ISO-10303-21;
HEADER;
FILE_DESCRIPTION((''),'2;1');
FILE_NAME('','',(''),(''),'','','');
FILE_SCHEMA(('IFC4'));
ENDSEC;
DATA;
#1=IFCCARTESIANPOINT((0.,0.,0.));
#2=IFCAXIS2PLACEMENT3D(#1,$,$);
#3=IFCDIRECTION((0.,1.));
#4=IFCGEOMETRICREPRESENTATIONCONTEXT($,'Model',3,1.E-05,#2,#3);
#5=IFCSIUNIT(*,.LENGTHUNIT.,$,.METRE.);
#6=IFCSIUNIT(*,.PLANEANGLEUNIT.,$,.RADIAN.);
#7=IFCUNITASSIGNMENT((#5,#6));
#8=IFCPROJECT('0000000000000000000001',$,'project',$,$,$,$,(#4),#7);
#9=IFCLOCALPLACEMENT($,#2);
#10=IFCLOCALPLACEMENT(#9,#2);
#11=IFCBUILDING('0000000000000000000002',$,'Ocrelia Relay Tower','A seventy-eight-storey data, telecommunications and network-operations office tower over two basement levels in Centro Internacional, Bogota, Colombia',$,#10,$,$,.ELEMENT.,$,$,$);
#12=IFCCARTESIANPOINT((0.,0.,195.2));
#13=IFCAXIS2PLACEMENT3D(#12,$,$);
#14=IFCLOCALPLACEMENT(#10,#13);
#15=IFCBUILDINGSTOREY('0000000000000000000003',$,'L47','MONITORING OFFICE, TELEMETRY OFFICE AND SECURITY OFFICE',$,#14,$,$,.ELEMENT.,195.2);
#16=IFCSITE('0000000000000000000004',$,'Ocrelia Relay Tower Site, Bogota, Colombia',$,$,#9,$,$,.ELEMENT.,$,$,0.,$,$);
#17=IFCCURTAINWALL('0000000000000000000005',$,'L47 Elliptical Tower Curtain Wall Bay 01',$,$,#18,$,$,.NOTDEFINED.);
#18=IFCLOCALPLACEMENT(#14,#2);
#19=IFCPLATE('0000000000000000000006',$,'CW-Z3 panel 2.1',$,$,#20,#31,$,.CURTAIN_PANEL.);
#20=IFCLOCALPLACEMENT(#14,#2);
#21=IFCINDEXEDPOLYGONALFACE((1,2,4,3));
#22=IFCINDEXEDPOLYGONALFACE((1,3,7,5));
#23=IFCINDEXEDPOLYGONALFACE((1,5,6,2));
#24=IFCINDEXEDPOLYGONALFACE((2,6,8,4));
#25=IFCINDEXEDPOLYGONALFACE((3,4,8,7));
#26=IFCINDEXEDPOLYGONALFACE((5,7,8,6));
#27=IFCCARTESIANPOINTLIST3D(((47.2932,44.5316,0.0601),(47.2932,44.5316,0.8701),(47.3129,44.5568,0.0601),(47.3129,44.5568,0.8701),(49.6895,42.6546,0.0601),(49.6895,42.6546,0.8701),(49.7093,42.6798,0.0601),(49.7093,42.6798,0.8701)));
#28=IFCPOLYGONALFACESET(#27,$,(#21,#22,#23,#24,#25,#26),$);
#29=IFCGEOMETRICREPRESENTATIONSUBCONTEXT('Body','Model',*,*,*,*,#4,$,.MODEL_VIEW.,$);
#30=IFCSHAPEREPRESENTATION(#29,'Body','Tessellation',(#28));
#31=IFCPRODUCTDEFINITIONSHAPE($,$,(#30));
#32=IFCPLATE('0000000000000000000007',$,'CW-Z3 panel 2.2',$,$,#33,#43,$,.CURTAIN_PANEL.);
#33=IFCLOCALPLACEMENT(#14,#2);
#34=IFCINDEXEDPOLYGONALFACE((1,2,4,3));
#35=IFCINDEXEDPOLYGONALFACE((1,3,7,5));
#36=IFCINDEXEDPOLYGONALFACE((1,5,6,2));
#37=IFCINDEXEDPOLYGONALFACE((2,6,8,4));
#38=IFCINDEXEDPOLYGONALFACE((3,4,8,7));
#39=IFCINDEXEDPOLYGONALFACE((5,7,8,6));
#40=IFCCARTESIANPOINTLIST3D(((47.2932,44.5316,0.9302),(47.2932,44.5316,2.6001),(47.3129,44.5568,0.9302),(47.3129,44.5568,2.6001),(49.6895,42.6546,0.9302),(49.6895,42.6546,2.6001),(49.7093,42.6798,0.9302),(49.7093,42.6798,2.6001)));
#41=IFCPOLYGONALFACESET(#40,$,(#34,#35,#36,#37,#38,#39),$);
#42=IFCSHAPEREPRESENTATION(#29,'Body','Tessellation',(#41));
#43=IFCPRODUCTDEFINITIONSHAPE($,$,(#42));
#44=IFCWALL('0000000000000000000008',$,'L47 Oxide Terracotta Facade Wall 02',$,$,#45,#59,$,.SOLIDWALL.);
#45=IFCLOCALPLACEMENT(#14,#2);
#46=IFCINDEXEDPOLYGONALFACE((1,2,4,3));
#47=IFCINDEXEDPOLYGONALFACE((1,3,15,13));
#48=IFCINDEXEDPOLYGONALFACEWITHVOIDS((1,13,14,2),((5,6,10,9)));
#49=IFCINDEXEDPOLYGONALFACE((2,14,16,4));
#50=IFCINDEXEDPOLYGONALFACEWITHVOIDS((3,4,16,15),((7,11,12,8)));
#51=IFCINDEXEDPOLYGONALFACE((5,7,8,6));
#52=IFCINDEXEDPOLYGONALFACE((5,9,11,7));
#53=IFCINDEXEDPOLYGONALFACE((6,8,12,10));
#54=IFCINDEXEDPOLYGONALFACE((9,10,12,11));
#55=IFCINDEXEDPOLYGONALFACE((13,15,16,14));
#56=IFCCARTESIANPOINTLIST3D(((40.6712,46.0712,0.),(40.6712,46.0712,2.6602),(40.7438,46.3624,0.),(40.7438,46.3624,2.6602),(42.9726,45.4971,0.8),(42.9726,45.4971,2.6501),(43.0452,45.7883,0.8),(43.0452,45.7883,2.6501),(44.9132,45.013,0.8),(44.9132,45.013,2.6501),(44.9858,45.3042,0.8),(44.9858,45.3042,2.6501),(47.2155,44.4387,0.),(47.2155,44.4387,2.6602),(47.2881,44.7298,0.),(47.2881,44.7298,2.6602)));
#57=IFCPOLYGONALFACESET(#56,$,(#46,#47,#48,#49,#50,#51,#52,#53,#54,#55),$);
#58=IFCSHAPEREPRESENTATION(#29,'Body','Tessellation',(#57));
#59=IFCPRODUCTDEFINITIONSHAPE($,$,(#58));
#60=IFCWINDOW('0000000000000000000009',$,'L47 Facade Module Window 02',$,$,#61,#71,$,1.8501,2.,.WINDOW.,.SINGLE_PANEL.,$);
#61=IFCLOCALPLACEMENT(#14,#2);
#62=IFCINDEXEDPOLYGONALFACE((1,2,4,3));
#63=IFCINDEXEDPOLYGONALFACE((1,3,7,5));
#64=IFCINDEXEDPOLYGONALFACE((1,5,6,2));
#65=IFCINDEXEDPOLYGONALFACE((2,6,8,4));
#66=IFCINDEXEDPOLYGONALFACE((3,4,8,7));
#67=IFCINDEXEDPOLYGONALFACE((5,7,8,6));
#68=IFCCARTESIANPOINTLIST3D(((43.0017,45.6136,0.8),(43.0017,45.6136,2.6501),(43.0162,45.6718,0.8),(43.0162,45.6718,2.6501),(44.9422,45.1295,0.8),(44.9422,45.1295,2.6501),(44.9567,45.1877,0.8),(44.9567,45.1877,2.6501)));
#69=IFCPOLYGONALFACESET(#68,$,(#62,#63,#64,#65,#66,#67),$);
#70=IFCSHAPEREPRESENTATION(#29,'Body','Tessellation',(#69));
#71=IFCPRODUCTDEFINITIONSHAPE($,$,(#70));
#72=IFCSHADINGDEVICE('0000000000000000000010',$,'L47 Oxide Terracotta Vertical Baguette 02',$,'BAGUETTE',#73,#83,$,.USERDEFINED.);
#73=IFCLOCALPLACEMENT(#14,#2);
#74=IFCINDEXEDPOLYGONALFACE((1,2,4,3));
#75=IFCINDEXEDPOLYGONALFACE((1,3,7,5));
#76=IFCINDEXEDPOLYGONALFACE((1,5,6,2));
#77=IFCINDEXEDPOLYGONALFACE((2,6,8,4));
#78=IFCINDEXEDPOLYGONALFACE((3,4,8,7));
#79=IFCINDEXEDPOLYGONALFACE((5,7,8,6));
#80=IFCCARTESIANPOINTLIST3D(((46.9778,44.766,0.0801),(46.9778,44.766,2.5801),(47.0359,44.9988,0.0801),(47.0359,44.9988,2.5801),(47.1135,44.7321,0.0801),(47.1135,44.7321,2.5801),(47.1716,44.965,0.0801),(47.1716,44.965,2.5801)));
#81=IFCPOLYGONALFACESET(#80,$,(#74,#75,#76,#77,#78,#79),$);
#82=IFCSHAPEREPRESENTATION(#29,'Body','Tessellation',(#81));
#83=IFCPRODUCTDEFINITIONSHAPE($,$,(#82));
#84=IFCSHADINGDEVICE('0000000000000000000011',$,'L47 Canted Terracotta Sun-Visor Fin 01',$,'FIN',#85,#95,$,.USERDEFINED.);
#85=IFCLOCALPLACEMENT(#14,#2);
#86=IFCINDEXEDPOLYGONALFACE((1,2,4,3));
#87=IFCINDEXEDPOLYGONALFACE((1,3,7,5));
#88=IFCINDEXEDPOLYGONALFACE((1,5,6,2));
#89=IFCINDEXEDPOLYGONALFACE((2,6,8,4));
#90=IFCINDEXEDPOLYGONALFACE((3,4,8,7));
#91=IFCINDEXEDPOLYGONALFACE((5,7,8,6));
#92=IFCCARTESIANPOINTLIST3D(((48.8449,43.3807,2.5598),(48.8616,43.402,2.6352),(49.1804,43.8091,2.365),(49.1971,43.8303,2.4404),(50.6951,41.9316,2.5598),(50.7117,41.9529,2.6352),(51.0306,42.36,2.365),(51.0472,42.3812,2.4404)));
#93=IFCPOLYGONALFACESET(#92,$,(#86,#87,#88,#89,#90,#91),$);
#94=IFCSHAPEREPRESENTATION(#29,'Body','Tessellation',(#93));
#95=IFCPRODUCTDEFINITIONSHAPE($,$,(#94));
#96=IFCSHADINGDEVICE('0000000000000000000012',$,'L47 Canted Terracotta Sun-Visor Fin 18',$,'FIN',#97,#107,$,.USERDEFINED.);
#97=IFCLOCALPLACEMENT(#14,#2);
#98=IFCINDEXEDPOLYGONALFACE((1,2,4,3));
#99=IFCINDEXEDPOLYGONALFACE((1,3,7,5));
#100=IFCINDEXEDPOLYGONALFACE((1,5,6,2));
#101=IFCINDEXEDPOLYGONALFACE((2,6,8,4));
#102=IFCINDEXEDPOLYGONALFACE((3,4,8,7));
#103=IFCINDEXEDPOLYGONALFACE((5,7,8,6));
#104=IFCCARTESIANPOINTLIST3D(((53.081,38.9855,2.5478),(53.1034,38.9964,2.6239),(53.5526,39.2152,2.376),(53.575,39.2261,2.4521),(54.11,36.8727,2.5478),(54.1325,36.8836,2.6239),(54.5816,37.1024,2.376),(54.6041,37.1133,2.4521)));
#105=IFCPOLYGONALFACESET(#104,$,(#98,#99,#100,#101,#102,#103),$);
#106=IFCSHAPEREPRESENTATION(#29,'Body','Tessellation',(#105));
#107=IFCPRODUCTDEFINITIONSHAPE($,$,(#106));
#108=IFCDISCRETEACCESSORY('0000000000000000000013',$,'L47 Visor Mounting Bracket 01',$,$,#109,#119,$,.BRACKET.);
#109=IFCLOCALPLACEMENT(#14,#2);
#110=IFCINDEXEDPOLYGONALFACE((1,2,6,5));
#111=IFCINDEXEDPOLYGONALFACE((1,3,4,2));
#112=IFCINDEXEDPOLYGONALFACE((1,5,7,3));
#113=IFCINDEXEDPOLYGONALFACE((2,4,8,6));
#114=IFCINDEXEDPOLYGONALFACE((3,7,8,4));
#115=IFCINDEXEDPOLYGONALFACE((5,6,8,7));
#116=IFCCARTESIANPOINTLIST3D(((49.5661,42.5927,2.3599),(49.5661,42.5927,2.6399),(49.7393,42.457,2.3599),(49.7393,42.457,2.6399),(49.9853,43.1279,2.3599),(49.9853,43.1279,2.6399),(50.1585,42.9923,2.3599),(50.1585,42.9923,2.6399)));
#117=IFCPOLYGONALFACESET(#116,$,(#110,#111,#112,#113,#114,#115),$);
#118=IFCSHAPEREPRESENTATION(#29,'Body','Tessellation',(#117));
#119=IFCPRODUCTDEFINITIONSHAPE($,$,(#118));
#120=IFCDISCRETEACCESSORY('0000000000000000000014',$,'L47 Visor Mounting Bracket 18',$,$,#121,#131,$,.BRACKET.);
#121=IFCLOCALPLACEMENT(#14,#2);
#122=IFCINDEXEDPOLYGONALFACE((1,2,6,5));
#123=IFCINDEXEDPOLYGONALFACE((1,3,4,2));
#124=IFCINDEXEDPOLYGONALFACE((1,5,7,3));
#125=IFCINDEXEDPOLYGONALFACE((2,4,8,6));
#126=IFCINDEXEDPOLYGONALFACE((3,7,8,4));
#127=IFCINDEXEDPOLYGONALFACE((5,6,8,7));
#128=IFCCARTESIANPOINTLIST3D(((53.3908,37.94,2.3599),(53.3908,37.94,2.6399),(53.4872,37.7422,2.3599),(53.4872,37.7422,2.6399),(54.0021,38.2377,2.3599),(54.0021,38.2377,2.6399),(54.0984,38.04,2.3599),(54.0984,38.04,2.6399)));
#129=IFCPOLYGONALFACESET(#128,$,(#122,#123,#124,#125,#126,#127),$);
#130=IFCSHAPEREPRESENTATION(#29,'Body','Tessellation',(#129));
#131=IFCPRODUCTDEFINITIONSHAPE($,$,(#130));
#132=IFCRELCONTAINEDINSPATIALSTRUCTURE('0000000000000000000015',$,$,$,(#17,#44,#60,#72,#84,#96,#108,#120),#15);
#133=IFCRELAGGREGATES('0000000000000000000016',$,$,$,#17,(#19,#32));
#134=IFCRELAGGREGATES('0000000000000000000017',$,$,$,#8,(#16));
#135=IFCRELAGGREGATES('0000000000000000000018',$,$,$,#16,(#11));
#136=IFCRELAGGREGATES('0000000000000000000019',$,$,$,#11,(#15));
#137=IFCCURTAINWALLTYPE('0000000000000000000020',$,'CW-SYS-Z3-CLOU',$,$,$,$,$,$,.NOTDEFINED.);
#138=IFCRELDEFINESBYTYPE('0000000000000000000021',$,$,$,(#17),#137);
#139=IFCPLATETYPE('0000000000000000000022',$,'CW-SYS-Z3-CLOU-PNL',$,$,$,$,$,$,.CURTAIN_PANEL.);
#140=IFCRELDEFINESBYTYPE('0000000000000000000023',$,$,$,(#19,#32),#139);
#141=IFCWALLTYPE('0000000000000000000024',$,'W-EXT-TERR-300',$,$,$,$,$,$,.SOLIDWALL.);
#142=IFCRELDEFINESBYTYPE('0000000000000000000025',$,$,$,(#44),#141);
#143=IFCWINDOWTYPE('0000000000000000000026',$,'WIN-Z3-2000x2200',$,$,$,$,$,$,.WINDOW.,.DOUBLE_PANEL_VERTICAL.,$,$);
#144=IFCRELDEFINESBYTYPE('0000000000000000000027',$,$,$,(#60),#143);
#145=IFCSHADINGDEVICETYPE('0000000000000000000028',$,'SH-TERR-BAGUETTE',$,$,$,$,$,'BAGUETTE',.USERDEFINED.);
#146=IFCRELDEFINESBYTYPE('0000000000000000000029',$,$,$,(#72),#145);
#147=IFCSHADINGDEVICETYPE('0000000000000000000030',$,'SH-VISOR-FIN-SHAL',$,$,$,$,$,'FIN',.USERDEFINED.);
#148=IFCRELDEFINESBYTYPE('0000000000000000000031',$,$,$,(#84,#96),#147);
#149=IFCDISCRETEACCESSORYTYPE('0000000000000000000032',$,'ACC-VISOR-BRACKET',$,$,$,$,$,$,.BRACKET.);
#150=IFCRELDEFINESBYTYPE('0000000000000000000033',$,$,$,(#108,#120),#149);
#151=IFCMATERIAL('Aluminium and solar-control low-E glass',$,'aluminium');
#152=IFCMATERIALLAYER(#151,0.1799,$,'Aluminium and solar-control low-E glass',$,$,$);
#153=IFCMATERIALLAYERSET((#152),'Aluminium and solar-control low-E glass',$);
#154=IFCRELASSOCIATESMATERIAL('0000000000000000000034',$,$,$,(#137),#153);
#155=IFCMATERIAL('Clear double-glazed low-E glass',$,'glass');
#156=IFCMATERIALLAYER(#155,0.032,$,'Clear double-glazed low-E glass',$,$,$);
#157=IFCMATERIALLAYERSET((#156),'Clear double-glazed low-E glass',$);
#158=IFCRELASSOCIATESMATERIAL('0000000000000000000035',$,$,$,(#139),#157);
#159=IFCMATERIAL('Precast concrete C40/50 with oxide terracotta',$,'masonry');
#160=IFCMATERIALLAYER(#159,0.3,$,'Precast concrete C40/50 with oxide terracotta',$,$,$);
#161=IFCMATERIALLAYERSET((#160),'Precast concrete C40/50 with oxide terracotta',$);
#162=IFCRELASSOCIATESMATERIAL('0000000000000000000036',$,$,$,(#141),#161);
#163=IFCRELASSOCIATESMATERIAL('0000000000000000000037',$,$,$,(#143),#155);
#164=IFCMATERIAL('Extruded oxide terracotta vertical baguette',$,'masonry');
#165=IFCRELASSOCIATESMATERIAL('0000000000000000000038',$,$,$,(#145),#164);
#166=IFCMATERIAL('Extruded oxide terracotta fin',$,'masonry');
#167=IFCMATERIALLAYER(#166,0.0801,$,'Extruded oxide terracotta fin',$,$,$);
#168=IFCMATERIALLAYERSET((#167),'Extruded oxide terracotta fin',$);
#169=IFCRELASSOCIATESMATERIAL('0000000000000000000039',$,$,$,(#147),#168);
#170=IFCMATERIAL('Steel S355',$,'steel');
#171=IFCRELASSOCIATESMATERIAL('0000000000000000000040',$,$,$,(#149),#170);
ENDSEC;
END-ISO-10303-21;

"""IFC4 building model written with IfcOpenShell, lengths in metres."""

from ifc_helpers import new_model, si_unit, direction, frame, frame_2d, origin, origin_2d, place, context, subcontext, project, spatial, rectangle, extrude, material, layer, layer_set, type_object, element, fill, aggregate, save


model = new_model("IFC4")

# Units and contexts
model_context = context("Model", 3, precision=1e-05, world=origin(), true_north=direction((0.0, 1.0)))
body_context = subcontext(model_context, "Body", "Model", "MODEL_VIEW")
ifc_project = project(units=[si_unit("LENGTHUNIT", "METRE"), si_unit("PLANEANGLEUNIT", "RADIAN")], contexts=[model_context])

# Site, building, storey
site_placement = place(None, origin())
site = spatial("IfcSite", under=ifc_project, at=site_placement, Name="Ocrelia Relay Tower Site, Bogota, Colombia", CompositionType="ELEMENT", RefElevation=0.0)
building_placement = place(site_placement, origin())
building = spatial("IfcBuilding", under=site, at=building_placement, Name="Ocrelia Relay Tower", Description="A seventy-eight-storey data, telecommunications and network-operations office tower over two basement levels in Centro Internacional, Bogota, Colombia", CompositionType="ELEMENT")
storey_placement = place(building_placement, frame((0.0, 0.0, 195.2)))
storey = spatial("IfcBuildingStorey", under=building, at=storey_placement, Name="L47", Description="MONITORING OFFICE, TELEMETRY OFFICE AND SECURITY OFFICE", CompositionType="ELEMENT", Elevation=195.2)

# Curtain wall, plates
ifc_material_1 = material(Name="Aluminium and solar-control low-E glass", Category="aluminium")
ifc_layer_1 = layer(ifc_material_1, 0.1799, Name="Aluminium and solar-control low-E glass")
ifc_layer_set_1 = layer_set([ifc_layer_1], Name="Aluminium and solar-control low-E glass")
curtain_wall_type = type_object("IfcCurtainWallType", Name="CW-SYS-Z3-CLOU", PredefinedType="NOTDEFINED", material=ifc_layer_set_1)
curtain_wall_placement = place(storey_placement, origin())
curtain_wall = element("IfcCurtainWall", 1, at=curtain_wall_placement, inside=storey, type_object=curtain_wall_type, Name="L47 Elliptical Tower Curtain Wall Bay 01", PredefinedType="NOTDEFINED")
ifc_material_2 = material(Name="Clear double-glazed low-E glass", Category="glass")
ifc_layer_2 = layer(ifc_material_2, 0.032, Name="Clear double-glazed low-E glass")
ifc_layer_set_2 = layer_set([ifc_layer_2], Name="Clear double-glazed low-E glass")
plate_type = type_object("IfcPlateType", Name="CW-SYS-Z3-CLOU-PNL", PredefinedType="CURTAIN_PANEL", material=ifc_layer_set_2)
plate_1_placement = place(storey_placement, frame((48.5012, 43.6057, 0.0601), z_axis=(0.0, 0.0, 1.0), x_axis=(-0.787261, 0.61662, 0.0)))
plate_1 = element("IfcPlate", 2, at=plate_1_placement, type_object=plate_type, Name="CW-Z3 panel 2.1", PredefinedType="CURTAIN_PANEL", context=body_context, shape_type="SweptSolid", body=[
    extrude(rectangle(XDim=3.0439, YDim=0.032, at=origin_2d()), origin(), (0.0, 0.0, 1.0), 0.8101),
])
plate_2_placement = place(storey_placement, frame((48.5012, 43.6057, 0.9302), z_axis=(0.0, 0.0, 1.0), x_axis=(-0.787261, 0.61662, 0.0)))
plate_2 = element("IfcPlate", 3, at=plate_2_placement, type_object=plate_type, Name="CW-Z3 panel 2.2", PredefinedType="CURTAIN_PANEL", context=body_context, shape_type="SweptSolid", body=[
    extrude(rectangle(XDim=3.0439, YDim=0.032, at=origin_2d()), origin(), (0.0, 0.0, 1.0), 1.6699),
])
aggregate(curtain_wall, [plate_1, plate_2])

# Wall, opening, window
ifc_material_3 = material(Name="Precast concrete C40/50 with oxide terracotta", Category="masonry")
ifc_layer_3 = layer(ifc_material_3, 0.3, Name="Precast concrete C40/50 with oxide terracotta")
ifc_layer_set_3 = layer_set([ifc_layer_3], Name="Precast concrete C40/50 with oxide terracotta")
wall_type = type_object("IfcWallType", Name="W-EXT-TERR-300", PredefinedType="SOLIDWALL", material=ifc_layer_set_3)
wall_placement = place(storey_placement, frame((47.252, 44.5842, 0.0), z_axis=(0.0, 0.0, 1.0), x_axis=(-0.970266, 0.242042, 0.0)))
wall = element("IfcWall", 4, at=wall_placement, inside=storey, type_object=wall_type, Name="L47 Oxide Terracotta Facade Wall 02", PredefinedType="SOLIDWALL", context=body_context, shape_type="SweptSolid", body=[
    extrude(rectangle(XDim=6.7449, YDim=0.3, at=frame_2d((3.3726, 0.0))), origin(), (0.0, 0.0, 1.0), 2.6602),
])
opening_placement = place(wall_placement, frame((2.373, 0.0, 0.8)))
opening = element("IfcOpeningElement", 5, at=opening_placement, cuts=wall, PredefinedType="OPENING", context=body_context, shape_type="SweptSolid", body=[
    extrude(rectangle(XDim=2.0, YDim=1.8501, at=frame_2d((1.0, 0.925))), frame((0.0, 0.1602, 0.0), z_axis=(0.0, -1.0, 0.0), x_axis=(1.0, 0.0, 0.0)), (0.0, 0.0, 1.0), 0.3201),
])
window_type = type_object("IfcWindowType", Name="WIN-Z3-2000x2200", PartitioningType="DOUBLE_PANEL_VERTICAL", PredefinedType="WINDOW", material=ifc_material_2)
window_placement = place(opening_placement, origin())
window = element("IfcWindow", 6, at=window_placement, inside=storey, type_object=window_type, Name="L47 Facade Module Window 02", OverallHeight=1.8501, OverallWidth=2.0, PartitioningType="SINGLE_PANEL", PredefinedType="WINDOW", context=body_context, shape_type="SweptSolid", body=[
    extrude(rectangle(XDim=2.0, YDim=1.8501, at=frame_2d((1.0, 0.925))), frame((0.0, 0.03, 0.0), z_axis=(0.0, -1.0, 0.0), x_axis=(1.0, 0.0, 0.0)), (0.0, 0.0, 1.0), 0.0601),
])
fill(opening, window)

# Shading devices
ifc_material_4 = material(Name="Extruded oxide terracotta vertical baguette", Category="masonry")
shading_device_type_1 = type_object("IfcShadingDeviceType", Name="SH-TERR-BAGUETTE", ElementType="BAGUETTE", PredefinedType="USERDEFINED", material=ifc_material_4)
shading_device_1_placement = place(storey_placement, frame((47.0747, 44.8655, 0.0801), z_axis=(0.0, 0.0, 1.0), x_axis=(-0.970269, 0.24203, 0.0)))
element("IfcShadingDevice", 7, at=shading_device_1_placement, inside=storey, type_object=shading_device_type_1, Name="L47 Oxide Terracotta Vertical Baguette 02", ObjectType="BAGUETTE", PredefinedType="USERDEFINED", context=body_context, shape_type="SweptSolid", body=[
    extrude(rectangle(XDim=0.1399, YDim=0.24, at=origin_2d()), origin(), (0.0, 0.0, 1.0), 2.5),
])
ifc_material_5 = material(Name="Extruded oxide terracotta fin", Category="masonry")
ifc_layer_4 = layer(ifc_material_5, 0.0801, Name="Extruded oxide terracotta fin")
ifc_layer_set_4 = layer_set([ifc_layer_4], Name="Extruded oxide terracotta fin")
shading_device_type_2 = type_object("IfcShadingDeviceType", Name="SH-VISOR-FIN-SHAL", ElementType="FIN", PredefinedType="USERDEFINED", material=ifc_layer_set_4)
shading_device_2_placement = place(storey_placement, frame((49.9377, 42.8704, 2.4624), z_axis=(0.207758, 0.265253, 0.941529), x_axis=(-0.787261, 0.61662, 0.0)))
element("IfcShadingDevice", 8, at=shading_device_2_placement, inside=storey, type_object=shading_device_type_2, Name="L47 Canted Terracotta Sun-Visor Fin 01", ObjectType="FIN", PredefinedType="USERDEFINED", context=body_context, shape_type="SweptSolid", body=[
    extrude(rectangle(XDim=2.3501, YDim=0.5779, at=origin_2d()), origin(), (0.0, 0.0, 1.0), 0.0801),
])
shading_device_3_placement = place(storey_placement, frame((53.8313, 38.0439, 2.4619), z_axis=(0.279904, 0.136332, 0.950299), x_axis=(-0.437888, 0.89903, 0.0)))
element("IfcShadingDevice", 9, at=shading_device_3_placement, inside=storey, type_object=shading_device_type_2, Name="L47 Canted Terracotta Sun-Visor Fin 18", ObjectType="FIN", PredefinedType="USERDEFINED", context=body_context, shape_type="SweptSolid", body=[
    extrude(rectangle(XDim=2.3501, YDim=0.552, at=origin_2d()), origin(), (0.0, 0.0, 1.0), 0.0801),
])

# Discrete accessories
ifc_material_6 = material(Name="Steel S355", Category="steel")
discrete_accessory_type = type_object("IfcDiscreteAccessoryType", Name="ACC-VISOR-BRACKET", PredefinedType="BRACKET", material=ifc_material_6)
for number, where, z_axis, x_axis, name in (
    (10, (49.8623, 42.7925, 2.3599), (0.0, 0.0, 1.0), (-0.787261, 0.61662, 0.0), "L47 Visor Mounting Bracket 01"),
    (11, (53.7446, 37.99, 2.3599), (0.0, 0.0, 1.0), (-0.437888, 0.89903, 0.0), "L47 Visor Mounting Bracket 18"),
):
    element("IfcDiscreteAccessory", number, at=place(storey_placement, frame(where, z_axis=z_axis, x_axis=x_axis)), inside=storey, type_object=discrete_accessory_type, Name=name, PredefinedType="BRACKET", context=body_context, shape_type="SweptSolid", body=[
        extrude(rectangle(XDim=0.22, YDim=0.6799, at=origin_2d()), origin(), (0.0, 0.0, 1.0), 0.28),
    ])

save(model, "model.ifc")
